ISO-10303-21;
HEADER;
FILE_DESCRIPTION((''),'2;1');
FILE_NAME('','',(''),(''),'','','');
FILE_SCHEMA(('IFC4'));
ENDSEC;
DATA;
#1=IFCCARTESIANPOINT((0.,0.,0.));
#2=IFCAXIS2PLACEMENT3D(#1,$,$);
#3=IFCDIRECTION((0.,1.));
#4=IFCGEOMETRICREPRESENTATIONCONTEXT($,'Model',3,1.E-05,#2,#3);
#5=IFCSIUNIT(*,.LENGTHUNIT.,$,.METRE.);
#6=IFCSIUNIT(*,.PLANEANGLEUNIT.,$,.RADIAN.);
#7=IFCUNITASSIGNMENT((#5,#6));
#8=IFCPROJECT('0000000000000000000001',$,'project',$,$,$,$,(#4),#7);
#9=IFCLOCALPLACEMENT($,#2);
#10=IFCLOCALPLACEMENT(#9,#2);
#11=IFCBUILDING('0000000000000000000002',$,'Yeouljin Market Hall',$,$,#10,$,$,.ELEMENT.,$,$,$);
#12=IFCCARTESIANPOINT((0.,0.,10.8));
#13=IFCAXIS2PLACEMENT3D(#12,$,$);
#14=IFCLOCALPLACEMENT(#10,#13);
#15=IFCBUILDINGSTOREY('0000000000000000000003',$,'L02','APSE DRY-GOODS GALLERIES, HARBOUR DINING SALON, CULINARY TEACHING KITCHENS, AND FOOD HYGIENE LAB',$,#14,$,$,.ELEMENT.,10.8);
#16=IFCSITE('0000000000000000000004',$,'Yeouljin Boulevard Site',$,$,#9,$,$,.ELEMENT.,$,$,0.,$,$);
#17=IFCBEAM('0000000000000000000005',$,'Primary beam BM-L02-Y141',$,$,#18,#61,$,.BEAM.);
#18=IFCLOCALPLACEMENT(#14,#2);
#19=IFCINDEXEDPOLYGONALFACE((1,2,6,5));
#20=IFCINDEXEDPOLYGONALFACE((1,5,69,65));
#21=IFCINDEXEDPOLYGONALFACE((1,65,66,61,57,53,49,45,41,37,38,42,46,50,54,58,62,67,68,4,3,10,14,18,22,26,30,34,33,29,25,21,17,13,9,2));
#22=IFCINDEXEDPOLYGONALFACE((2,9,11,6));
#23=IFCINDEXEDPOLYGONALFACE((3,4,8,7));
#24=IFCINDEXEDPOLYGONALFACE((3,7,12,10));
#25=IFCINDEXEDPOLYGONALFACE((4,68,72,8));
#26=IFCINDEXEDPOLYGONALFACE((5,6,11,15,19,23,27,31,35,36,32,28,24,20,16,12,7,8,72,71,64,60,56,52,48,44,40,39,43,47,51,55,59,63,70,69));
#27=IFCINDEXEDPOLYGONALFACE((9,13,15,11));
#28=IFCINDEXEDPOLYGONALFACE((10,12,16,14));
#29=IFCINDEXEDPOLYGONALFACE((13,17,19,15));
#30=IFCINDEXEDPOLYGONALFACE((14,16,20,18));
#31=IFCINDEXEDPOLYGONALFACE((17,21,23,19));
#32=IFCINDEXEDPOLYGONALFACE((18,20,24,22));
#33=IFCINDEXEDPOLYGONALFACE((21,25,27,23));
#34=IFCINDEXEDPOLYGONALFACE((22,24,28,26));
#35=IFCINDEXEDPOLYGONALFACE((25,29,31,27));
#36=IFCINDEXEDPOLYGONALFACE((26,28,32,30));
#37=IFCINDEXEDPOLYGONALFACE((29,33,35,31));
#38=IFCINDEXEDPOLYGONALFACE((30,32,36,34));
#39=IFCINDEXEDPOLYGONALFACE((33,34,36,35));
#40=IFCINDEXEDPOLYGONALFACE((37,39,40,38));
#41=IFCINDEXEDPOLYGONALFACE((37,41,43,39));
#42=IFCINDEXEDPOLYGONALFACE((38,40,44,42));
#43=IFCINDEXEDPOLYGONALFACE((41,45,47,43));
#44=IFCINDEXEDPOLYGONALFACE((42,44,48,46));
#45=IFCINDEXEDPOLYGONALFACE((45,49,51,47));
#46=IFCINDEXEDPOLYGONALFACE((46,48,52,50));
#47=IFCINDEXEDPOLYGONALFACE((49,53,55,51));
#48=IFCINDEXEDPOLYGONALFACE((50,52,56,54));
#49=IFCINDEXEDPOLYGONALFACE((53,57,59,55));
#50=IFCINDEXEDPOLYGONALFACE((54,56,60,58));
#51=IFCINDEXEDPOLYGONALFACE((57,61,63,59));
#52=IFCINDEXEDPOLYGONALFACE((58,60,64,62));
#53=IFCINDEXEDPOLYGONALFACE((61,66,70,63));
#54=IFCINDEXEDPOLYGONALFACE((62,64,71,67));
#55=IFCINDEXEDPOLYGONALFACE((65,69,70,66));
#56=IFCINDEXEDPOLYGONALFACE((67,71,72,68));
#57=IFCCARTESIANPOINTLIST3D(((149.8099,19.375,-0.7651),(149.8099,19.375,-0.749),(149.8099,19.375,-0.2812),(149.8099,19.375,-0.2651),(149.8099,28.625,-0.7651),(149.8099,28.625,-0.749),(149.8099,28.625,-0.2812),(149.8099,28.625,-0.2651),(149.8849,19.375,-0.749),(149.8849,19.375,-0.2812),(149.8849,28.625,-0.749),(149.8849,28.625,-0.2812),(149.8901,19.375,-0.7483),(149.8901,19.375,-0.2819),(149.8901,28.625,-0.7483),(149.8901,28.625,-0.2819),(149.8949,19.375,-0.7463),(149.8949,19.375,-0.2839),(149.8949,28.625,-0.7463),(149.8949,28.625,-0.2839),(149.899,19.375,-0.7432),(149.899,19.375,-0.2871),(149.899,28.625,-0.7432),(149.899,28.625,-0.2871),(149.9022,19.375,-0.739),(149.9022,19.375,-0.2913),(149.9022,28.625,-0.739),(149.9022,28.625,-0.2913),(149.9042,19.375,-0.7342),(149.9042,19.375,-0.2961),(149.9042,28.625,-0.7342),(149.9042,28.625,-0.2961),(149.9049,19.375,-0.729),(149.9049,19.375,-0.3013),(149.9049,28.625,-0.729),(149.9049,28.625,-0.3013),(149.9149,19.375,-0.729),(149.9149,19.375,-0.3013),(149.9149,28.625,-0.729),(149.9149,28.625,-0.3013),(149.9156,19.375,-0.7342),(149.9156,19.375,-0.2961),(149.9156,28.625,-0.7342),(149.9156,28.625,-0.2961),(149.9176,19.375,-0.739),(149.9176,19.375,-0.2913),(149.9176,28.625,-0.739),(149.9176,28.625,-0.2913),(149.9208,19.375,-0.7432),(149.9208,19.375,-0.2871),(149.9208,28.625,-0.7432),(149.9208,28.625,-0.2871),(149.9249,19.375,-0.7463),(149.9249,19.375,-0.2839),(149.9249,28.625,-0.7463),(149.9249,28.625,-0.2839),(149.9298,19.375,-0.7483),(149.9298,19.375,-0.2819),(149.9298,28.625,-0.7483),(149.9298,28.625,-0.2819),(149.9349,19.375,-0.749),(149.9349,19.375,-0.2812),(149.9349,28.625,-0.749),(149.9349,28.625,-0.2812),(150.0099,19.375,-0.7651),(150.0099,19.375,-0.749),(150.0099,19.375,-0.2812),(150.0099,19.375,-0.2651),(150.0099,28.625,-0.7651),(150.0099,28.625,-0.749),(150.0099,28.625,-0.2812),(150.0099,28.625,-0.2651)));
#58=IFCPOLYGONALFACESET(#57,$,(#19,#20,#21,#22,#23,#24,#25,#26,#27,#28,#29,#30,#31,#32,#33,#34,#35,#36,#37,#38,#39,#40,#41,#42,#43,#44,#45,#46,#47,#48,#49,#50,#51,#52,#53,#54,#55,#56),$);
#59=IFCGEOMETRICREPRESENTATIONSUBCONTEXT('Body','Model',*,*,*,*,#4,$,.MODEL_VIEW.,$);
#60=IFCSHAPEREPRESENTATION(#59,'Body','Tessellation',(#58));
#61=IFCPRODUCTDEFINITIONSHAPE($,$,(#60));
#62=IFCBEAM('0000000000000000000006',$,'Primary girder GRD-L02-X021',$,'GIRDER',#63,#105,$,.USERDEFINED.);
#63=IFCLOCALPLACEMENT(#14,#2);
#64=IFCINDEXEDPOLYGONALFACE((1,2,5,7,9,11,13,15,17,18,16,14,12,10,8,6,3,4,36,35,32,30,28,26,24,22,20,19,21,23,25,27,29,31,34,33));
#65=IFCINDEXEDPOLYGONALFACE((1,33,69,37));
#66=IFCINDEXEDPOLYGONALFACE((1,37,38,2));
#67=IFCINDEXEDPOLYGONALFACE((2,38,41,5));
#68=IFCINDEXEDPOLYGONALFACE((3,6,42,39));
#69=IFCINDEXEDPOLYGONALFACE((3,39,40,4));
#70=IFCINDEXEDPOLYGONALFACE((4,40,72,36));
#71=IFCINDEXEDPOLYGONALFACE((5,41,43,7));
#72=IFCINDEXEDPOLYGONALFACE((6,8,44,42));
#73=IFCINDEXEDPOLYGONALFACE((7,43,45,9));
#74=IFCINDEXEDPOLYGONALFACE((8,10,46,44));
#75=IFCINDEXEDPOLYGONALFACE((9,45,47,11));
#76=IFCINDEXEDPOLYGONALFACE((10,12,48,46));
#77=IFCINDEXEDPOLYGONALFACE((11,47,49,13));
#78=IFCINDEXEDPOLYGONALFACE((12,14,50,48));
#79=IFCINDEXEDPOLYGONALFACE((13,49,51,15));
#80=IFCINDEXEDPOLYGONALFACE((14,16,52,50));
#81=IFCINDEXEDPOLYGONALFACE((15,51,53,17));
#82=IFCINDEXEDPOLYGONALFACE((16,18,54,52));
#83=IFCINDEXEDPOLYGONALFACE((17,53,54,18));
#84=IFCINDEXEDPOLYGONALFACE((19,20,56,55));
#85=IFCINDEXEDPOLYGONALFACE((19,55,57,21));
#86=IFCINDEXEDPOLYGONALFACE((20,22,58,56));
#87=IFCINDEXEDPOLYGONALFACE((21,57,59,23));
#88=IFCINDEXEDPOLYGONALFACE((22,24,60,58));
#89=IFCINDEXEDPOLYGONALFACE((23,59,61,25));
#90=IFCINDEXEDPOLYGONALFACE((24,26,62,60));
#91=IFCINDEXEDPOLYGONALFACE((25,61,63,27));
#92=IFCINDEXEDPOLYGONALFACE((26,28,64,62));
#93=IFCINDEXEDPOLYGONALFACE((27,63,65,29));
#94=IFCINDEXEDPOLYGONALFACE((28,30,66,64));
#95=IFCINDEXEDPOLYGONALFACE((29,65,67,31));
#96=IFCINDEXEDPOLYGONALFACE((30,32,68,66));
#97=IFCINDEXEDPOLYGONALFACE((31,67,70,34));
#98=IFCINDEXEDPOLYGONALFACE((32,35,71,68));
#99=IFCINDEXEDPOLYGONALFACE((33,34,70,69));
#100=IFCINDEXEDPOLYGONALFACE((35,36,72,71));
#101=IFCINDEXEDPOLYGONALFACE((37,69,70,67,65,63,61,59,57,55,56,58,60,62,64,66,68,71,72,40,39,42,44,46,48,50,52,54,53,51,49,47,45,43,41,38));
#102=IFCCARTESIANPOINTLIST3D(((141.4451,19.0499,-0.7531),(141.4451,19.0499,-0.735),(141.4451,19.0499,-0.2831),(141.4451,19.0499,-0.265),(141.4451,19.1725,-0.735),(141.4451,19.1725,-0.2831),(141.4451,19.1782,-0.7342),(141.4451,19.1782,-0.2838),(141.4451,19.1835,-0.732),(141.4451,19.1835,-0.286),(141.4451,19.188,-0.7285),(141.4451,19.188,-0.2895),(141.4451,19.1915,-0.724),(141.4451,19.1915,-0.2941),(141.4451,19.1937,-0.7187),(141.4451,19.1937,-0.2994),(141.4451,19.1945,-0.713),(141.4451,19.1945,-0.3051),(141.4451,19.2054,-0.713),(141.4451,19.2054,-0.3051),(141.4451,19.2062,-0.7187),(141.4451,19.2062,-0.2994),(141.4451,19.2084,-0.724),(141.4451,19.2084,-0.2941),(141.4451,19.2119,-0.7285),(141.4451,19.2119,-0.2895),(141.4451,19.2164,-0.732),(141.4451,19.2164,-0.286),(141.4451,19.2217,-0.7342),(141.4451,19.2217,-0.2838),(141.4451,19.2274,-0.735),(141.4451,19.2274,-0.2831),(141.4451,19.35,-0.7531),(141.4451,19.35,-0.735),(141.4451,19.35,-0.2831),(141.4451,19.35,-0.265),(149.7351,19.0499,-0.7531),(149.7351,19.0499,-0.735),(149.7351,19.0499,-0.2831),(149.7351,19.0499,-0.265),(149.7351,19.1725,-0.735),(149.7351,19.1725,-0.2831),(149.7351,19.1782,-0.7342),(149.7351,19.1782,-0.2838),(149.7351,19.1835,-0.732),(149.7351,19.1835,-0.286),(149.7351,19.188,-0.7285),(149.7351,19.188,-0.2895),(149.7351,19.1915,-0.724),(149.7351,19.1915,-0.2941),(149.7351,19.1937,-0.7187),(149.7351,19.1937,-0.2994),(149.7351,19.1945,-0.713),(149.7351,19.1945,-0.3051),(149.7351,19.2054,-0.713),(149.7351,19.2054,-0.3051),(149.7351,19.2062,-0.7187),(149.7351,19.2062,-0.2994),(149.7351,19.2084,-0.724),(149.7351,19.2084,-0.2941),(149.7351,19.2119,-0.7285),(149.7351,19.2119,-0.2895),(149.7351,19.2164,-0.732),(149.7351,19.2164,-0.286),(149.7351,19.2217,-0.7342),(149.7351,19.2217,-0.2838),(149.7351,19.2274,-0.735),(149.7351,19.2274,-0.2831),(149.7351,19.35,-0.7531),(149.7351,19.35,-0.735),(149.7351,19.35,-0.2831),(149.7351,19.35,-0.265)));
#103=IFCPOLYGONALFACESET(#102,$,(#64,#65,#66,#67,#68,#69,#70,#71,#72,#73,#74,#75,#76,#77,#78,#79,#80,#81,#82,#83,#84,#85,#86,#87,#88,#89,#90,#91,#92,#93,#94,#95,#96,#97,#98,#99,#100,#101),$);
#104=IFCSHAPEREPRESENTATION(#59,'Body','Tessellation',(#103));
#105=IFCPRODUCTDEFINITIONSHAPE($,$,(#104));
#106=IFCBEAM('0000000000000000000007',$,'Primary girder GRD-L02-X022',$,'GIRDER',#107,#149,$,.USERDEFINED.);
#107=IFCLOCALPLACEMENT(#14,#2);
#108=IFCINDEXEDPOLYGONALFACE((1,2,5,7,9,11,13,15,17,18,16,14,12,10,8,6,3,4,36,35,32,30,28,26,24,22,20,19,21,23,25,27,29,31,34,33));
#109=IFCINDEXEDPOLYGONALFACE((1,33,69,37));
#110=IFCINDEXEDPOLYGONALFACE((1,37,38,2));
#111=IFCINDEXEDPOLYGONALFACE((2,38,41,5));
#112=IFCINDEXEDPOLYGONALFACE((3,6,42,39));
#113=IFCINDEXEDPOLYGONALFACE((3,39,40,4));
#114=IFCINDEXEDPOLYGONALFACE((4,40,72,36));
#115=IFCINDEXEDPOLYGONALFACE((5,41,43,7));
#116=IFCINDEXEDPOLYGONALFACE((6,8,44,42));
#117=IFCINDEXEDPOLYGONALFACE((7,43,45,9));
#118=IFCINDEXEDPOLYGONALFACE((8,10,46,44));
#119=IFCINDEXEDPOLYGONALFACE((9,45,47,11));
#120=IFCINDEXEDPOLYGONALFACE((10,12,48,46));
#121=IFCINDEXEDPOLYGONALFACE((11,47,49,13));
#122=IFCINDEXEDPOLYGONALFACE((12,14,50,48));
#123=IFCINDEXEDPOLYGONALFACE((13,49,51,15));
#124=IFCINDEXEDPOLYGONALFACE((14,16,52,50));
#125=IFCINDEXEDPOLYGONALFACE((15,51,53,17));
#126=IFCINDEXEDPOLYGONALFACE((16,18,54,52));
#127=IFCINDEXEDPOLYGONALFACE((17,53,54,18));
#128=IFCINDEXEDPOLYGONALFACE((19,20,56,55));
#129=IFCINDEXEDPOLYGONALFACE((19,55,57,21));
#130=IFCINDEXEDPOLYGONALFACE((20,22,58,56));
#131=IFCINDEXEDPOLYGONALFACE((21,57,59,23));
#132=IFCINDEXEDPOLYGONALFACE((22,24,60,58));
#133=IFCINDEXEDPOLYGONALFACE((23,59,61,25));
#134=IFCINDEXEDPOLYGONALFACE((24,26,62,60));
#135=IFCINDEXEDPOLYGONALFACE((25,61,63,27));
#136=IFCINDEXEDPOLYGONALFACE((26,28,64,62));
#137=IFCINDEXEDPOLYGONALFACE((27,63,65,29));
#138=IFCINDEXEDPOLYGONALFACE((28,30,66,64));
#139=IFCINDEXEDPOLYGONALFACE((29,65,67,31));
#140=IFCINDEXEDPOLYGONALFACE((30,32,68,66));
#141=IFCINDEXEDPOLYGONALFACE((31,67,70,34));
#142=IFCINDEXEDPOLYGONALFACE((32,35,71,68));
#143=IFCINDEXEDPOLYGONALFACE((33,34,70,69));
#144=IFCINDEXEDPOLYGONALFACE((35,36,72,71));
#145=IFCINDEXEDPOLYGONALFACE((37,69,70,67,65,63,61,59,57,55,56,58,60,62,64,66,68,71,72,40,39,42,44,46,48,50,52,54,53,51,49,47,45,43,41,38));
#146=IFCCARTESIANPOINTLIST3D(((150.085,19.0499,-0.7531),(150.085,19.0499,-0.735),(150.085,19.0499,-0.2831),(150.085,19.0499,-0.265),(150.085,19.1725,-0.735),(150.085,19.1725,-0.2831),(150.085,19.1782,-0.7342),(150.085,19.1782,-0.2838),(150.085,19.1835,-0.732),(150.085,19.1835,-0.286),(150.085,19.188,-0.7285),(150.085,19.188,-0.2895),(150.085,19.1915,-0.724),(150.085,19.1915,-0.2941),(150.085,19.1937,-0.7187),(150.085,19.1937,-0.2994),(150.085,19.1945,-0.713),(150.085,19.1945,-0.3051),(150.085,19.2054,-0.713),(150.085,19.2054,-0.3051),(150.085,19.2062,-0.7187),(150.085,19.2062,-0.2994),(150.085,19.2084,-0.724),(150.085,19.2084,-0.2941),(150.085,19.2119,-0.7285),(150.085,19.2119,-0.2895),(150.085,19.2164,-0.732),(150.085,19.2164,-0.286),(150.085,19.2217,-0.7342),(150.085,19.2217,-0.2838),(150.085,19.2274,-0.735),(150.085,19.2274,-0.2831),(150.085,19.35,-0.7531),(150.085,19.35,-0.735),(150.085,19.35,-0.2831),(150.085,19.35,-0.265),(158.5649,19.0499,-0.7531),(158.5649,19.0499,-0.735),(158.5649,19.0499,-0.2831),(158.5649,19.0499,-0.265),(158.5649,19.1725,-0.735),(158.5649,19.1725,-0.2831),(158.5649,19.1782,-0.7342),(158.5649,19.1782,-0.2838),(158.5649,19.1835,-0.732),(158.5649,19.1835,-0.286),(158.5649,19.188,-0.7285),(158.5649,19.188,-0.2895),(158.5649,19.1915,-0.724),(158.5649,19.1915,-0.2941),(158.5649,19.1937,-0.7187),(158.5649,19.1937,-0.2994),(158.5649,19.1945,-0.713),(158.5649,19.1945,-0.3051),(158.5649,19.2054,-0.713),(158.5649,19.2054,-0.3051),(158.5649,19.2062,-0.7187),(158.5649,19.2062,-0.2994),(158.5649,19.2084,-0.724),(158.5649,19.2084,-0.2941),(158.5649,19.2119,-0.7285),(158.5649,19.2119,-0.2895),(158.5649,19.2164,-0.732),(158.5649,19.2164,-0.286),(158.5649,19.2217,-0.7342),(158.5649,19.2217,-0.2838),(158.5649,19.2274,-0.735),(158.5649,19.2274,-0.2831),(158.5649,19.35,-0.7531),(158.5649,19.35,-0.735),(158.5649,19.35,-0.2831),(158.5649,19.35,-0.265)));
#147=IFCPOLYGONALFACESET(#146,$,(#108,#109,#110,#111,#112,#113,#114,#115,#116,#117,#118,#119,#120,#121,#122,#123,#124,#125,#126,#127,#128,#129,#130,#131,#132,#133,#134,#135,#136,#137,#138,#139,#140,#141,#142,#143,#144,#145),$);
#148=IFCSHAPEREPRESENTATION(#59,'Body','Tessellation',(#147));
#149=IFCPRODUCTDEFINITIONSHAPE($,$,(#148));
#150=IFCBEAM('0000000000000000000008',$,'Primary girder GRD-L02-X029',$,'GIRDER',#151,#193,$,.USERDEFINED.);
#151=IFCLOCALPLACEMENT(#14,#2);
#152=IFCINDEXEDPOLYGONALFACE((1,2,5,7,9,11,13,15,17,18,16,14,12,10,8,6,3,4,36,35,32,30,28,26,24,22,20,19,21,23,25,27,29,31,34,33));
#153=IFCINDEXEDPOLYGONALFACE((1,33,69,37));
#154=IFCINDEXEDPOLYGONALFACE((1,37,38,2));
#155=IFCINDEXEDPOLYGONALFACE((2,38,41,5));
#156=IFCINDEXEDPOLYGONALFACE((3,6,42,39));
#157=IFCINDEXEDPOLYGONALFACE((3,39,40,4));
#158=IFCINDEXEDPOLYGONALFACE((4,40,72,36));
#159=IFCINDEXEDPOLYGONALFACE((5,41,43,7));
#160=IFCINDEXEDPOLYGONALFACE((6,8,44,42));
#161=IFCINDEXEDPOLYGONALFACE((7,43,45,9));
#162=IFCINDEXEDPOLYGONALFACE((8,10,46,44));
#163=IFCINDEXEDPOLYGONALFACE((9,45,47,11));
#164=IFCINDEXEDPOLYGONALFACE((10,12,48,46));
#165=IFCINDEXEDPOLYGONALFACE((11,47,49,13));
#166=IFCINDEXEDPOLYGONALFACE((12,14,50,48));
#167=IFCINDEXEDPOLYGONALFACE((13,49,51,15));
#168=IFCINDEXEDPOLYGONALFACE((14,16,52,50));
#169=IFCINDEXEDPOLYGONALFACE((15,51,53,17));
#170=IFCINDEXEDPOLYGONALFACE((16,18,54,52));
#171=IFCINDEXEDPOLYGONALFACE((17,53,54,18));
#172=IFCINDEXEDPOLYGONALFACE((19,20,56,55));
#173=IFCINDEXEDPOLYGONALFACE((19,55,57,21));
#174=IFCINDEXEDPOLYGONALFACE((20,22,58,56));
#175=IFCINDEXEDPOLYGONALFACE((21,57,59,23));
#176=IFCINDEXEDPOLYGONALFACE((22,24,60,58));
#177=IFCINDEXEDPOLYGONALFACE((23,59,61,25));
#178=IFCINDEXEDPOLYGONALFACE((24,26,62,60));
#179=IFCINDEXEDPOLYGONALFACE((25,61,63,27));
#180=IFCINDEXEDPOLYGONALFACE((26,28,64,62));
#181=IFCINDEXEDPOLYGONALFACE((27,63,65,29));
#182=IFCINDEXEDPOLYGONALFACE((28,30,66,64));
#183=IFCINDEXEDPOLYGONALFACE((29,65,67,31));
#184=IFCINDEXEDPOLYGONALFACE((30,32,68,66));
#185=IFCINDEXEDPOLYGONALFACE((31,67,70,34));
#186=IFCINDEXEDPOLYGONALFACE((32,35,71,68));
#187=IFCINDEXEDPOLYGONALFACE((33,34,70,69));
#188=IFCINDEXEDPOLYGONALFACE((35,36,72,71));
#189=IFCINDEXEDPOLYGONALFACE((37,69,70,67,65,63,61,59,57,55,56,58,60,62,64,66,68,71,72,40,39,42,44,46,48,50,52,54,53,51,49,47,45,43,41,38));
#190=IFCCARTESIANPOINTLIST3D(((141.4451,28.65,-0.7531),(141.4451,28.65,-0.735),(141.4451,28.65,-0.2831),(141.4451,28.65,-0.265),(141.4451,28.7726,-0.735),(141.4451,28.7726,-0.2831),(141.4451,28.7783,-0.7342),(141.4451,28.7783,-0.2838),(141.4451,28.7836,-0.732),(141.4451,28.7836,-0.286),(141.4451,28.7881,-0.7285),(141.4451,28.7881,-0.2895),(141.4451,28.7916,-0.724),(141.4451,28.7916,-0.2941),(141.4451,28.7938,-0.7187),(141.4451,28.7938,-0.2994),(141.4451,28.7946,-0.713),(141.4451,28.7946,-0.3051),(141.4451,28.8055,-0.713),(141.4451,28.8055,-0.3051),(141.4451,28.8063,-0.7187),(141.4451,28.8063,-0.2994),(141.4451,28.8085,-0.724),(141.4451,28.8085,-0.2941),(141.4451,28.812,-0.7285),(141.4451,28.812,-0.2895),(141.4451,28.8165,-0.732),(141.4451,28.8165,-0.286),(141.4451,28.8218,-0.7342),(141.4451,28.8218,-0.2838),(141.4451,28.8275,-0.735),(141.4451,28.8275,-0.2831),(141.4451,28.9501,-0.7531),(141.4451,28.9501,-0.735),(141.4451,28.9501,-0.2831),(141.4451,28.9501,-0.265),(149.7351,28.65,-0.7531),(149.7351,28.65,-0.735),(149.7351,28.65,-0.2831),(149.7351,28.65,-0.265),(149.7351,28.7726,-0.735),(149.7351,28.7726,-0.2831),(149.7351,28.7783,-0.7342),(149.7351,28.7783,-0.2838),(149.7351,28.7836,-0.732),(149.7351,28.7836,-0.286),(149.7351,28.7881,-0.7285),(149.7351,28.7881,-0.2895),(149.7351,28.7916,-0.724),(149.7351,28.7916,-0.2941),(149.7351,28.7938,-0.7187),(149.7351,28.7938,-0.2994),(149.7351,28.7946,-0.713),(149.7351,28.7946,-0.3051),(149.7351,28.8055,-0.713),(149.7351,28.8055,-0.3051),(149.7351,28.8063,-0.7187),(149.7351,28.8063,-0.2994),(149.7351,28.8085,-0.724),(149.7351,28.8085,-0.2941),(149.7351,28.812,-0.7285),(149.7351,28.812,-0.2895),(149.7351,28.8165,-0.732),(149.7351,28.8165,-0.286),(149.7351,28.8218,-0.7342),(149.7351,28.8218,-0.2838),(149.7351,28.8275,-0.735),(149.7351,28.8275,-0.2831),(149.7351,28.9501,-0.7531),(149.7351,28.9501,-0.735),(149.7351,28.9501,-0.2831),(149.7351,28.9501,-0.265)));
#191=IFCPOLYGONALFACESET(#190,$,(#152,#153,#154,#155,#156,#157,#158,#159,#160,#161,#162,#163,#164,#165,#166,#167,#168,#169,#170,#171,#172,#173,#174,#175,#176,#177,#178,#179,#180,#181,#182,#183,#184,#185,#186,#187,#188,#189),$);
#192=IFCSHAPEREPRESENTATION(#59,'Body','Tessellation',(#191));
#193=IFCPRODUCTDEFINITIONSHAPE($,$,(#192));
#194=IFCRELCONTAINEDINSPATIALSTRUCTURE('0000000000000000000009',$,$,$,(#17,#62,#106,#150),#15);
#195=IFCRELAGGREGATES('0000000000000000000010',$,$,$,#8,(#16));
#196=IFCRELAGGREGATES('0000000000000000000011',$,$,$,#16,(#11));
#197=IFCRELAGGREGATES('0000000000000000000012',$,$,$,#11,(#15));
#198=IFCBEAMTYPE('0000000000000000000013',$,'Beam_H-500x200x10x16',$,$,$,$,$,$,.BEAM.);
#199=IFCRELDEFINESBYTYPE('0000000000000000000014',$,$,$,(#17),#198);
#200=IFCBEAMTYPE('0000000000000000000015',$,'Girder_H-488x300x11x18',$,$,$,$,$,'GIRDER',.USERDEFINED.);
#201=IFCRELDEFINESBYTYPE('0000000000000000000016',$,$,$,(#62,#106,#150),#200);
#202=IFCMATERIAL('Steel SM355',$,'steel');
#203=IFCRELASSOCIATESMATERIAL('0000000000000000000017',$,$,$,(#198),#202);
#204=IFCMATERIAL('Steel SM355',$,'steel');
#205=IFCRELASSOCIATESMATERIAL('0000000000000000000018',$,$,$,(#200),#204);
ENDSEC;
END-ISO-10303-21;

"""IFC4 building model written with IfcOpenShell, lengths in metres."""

from ifc_helpers import new_model, si_unit, direction, frame, origin, origin_2d, place, context, subcontext, project, spatial, i_section, extrude, material, material_profile, profile_set, type_object, element, save


model = new_model("IFC4")

# Units and contexts
model_context = context("Model", 3, precision=1e-05, world=origin(), true_north=direction((0.0, 1.0)))
body_context = subcontext(model_context, "Body", "Model", "MODEL_VIEW")
ifc_project = project(units=[si_unit("LENGTHUNIT", "METRE"), si_unit("PLANEANGLEUNIT", "RADIAN")], contexts=[model_context])

# Site, building, storey
site_placement = place(None, origin())
site = spatial("IfcSite", under=ifc_project, at=site_placement, Name="Yeouljin Boulevard Site", CompositionType="ELEMENT", RefElevation=0.0)
building_placement = place(site_placement, origin())
building = spatial("IfcBuilding", under=site, at=building_placement, Name="Yeouljin Market Hall", CompositionType="ELEMENT")
storey_placement = place(building_placement, frame((0.0, 0.0, 10.8)))
storey = spatial("IfcBuildingStorey", under=building, at=storey_placement, Name="L02", Description="APSE DRY-GOODS GALLERIES, HARBOUR DINING SALON, CULINARY TEACHING KITCHENS, AND FOOD HYGIENE LAB", CompositionType="ELEMENT", Elevation=10.8)

# Beams
ifc_material_1 = material(Name="Steel SM355", Category="steel")
ifc_material_profile_1 = material_profile(ifc_material_1, i_section(OverallWidth=0.2, OverallDepth=0.5, WebThickness=0.01, FlangeThickness=0.0161, FilletRadius=0.02, at=origin_2d()), Name="H-500x200x10x16")
ifc_profile_set_1 = profile_set([ifc_material_profile_1], Name="Steel SM355")
beam_type_1 = type_object("IfcBeamType", Name="Beam_H-500x200x10x16", PredefinedType="BEAM", material=ifc_profile_set_1)
for number, where, z_axis, x_axis, name in (
    (1, (149.9099, 19.375, -0.5151), (0.0, 1.0, 0.0), (-1.0, 0.0, 0.0), "Primary beam BM-L02-Y141"),
):
    element("IfcBeam", number, at=place(storey_placement, frame(where, z_axis=z_axis, x_axis=x_axis)), inside=storey, type_object=beam_type_1, Name=name, PredefinedType="BEAM", context=body_context, shape_type="SweptSolid", body=[
        extrude(i_section(OverallWidth=0.2, OverallDepth=0.5, WebThickness=0.01, FlangeThickness=0.0161, FilletRadius=0.02, at=origin_2d()), origin(), (0.0, 0.0, 1.0), 9.25),
    ])
ifc_material_2 = material(Name="Steel SM355", Category="steel")
ifc_material_profile_2 = material_profile(ifc_material_2, i_section(OverallWidth=0.3, OverallDepth=0.488, WebThickness=0.011, FlangeThickness=0.0181, FilletRadius=0.022, at=origin_2d()), Name="H-488x300x11x18")
ifc_profile_set_2 = profile_set([ifc_material_profile_2], Name="Steel SM355")
beam_type_2 = type_object("IfcBeamType", Name="Girder_H-488x300x11x18", ElementType="GIRDER", PredefinedType="USERDEFINED", material=ifc_profile_set_2)
beam_1_placement = place(storey_placement, frame((141.4451, 19.2, -0.509), z_axis=(1.0, 0.0, 0.0), x_axis=(0.0, 1.0, 0.0)))
element("IfcBeam", 2, at=beam_1_placement, inside=storey, type_object=beam_type_2, Name="Primary girder GRD-L02-X021", ObjectType="GIRDER", PredefinedType="USERDEFINED", context=body_context, shape_type="SweptSolid", body=[
    extrude(i_section(OverallWidth=0.3, OverallDepth=0.488, WebThickness=0.011, FlangeThickness=0.0181, FilletRadius=0.022, at=origin_2d()), origin(), (0.0, 0.0, 1.0), 8.29),
])
beam_2_placement = place(storey_placement, frame((150.085, 19.2, -0.509), z_axis=(1.0, 0.0, 0.0), x_axis=(0.0, 1.0, 0.0)))
element("IfcBeam", 3, at=beam_2_placement, inside=storey, type_object=beam_type_2, Name="Primary girder GRD-L02-X022", ObjectType="GIRDER", PredefinedType="USERDEFINED", context=body_context, shape_type="SweptSolid", body=[
    extrude(i_section(OverallWidth=0.3, OverallDepth=0.488, WebThickness=0.011, FlangeThickness=0.0181, FilletRadius=0.022, at=origin_2d()), origin(), (0.0, 0.0, 1.0), 8.48),
])
beam_3_placement = place(storey_placement, frame((141.4451, 28.8, -0.509), z_axis=(1.0, 0.0, 0.0), x_axis=(0.0, 1.0, 0.0)))
element("IfcBeam", 4, at=beam_3_placement, inside=storey, type_object=beam_type_2, Name="Primary girder GRD-L02-X029", ObjectType="GIRDER", PredefinedType="USERDEFINED", context=body_context, shape_type="SweptSolid", body=[
    extrude(i_section(OverallWidth=0.3, OverallDepth=0.488, WebThickness=0.011, FlangeThickness=0.0181, FilletRadius=0.022, at=origin_2d()), origin(), (0.0, 0.0, 1.0), 8.29),
])

save(model, "model.ifc")
